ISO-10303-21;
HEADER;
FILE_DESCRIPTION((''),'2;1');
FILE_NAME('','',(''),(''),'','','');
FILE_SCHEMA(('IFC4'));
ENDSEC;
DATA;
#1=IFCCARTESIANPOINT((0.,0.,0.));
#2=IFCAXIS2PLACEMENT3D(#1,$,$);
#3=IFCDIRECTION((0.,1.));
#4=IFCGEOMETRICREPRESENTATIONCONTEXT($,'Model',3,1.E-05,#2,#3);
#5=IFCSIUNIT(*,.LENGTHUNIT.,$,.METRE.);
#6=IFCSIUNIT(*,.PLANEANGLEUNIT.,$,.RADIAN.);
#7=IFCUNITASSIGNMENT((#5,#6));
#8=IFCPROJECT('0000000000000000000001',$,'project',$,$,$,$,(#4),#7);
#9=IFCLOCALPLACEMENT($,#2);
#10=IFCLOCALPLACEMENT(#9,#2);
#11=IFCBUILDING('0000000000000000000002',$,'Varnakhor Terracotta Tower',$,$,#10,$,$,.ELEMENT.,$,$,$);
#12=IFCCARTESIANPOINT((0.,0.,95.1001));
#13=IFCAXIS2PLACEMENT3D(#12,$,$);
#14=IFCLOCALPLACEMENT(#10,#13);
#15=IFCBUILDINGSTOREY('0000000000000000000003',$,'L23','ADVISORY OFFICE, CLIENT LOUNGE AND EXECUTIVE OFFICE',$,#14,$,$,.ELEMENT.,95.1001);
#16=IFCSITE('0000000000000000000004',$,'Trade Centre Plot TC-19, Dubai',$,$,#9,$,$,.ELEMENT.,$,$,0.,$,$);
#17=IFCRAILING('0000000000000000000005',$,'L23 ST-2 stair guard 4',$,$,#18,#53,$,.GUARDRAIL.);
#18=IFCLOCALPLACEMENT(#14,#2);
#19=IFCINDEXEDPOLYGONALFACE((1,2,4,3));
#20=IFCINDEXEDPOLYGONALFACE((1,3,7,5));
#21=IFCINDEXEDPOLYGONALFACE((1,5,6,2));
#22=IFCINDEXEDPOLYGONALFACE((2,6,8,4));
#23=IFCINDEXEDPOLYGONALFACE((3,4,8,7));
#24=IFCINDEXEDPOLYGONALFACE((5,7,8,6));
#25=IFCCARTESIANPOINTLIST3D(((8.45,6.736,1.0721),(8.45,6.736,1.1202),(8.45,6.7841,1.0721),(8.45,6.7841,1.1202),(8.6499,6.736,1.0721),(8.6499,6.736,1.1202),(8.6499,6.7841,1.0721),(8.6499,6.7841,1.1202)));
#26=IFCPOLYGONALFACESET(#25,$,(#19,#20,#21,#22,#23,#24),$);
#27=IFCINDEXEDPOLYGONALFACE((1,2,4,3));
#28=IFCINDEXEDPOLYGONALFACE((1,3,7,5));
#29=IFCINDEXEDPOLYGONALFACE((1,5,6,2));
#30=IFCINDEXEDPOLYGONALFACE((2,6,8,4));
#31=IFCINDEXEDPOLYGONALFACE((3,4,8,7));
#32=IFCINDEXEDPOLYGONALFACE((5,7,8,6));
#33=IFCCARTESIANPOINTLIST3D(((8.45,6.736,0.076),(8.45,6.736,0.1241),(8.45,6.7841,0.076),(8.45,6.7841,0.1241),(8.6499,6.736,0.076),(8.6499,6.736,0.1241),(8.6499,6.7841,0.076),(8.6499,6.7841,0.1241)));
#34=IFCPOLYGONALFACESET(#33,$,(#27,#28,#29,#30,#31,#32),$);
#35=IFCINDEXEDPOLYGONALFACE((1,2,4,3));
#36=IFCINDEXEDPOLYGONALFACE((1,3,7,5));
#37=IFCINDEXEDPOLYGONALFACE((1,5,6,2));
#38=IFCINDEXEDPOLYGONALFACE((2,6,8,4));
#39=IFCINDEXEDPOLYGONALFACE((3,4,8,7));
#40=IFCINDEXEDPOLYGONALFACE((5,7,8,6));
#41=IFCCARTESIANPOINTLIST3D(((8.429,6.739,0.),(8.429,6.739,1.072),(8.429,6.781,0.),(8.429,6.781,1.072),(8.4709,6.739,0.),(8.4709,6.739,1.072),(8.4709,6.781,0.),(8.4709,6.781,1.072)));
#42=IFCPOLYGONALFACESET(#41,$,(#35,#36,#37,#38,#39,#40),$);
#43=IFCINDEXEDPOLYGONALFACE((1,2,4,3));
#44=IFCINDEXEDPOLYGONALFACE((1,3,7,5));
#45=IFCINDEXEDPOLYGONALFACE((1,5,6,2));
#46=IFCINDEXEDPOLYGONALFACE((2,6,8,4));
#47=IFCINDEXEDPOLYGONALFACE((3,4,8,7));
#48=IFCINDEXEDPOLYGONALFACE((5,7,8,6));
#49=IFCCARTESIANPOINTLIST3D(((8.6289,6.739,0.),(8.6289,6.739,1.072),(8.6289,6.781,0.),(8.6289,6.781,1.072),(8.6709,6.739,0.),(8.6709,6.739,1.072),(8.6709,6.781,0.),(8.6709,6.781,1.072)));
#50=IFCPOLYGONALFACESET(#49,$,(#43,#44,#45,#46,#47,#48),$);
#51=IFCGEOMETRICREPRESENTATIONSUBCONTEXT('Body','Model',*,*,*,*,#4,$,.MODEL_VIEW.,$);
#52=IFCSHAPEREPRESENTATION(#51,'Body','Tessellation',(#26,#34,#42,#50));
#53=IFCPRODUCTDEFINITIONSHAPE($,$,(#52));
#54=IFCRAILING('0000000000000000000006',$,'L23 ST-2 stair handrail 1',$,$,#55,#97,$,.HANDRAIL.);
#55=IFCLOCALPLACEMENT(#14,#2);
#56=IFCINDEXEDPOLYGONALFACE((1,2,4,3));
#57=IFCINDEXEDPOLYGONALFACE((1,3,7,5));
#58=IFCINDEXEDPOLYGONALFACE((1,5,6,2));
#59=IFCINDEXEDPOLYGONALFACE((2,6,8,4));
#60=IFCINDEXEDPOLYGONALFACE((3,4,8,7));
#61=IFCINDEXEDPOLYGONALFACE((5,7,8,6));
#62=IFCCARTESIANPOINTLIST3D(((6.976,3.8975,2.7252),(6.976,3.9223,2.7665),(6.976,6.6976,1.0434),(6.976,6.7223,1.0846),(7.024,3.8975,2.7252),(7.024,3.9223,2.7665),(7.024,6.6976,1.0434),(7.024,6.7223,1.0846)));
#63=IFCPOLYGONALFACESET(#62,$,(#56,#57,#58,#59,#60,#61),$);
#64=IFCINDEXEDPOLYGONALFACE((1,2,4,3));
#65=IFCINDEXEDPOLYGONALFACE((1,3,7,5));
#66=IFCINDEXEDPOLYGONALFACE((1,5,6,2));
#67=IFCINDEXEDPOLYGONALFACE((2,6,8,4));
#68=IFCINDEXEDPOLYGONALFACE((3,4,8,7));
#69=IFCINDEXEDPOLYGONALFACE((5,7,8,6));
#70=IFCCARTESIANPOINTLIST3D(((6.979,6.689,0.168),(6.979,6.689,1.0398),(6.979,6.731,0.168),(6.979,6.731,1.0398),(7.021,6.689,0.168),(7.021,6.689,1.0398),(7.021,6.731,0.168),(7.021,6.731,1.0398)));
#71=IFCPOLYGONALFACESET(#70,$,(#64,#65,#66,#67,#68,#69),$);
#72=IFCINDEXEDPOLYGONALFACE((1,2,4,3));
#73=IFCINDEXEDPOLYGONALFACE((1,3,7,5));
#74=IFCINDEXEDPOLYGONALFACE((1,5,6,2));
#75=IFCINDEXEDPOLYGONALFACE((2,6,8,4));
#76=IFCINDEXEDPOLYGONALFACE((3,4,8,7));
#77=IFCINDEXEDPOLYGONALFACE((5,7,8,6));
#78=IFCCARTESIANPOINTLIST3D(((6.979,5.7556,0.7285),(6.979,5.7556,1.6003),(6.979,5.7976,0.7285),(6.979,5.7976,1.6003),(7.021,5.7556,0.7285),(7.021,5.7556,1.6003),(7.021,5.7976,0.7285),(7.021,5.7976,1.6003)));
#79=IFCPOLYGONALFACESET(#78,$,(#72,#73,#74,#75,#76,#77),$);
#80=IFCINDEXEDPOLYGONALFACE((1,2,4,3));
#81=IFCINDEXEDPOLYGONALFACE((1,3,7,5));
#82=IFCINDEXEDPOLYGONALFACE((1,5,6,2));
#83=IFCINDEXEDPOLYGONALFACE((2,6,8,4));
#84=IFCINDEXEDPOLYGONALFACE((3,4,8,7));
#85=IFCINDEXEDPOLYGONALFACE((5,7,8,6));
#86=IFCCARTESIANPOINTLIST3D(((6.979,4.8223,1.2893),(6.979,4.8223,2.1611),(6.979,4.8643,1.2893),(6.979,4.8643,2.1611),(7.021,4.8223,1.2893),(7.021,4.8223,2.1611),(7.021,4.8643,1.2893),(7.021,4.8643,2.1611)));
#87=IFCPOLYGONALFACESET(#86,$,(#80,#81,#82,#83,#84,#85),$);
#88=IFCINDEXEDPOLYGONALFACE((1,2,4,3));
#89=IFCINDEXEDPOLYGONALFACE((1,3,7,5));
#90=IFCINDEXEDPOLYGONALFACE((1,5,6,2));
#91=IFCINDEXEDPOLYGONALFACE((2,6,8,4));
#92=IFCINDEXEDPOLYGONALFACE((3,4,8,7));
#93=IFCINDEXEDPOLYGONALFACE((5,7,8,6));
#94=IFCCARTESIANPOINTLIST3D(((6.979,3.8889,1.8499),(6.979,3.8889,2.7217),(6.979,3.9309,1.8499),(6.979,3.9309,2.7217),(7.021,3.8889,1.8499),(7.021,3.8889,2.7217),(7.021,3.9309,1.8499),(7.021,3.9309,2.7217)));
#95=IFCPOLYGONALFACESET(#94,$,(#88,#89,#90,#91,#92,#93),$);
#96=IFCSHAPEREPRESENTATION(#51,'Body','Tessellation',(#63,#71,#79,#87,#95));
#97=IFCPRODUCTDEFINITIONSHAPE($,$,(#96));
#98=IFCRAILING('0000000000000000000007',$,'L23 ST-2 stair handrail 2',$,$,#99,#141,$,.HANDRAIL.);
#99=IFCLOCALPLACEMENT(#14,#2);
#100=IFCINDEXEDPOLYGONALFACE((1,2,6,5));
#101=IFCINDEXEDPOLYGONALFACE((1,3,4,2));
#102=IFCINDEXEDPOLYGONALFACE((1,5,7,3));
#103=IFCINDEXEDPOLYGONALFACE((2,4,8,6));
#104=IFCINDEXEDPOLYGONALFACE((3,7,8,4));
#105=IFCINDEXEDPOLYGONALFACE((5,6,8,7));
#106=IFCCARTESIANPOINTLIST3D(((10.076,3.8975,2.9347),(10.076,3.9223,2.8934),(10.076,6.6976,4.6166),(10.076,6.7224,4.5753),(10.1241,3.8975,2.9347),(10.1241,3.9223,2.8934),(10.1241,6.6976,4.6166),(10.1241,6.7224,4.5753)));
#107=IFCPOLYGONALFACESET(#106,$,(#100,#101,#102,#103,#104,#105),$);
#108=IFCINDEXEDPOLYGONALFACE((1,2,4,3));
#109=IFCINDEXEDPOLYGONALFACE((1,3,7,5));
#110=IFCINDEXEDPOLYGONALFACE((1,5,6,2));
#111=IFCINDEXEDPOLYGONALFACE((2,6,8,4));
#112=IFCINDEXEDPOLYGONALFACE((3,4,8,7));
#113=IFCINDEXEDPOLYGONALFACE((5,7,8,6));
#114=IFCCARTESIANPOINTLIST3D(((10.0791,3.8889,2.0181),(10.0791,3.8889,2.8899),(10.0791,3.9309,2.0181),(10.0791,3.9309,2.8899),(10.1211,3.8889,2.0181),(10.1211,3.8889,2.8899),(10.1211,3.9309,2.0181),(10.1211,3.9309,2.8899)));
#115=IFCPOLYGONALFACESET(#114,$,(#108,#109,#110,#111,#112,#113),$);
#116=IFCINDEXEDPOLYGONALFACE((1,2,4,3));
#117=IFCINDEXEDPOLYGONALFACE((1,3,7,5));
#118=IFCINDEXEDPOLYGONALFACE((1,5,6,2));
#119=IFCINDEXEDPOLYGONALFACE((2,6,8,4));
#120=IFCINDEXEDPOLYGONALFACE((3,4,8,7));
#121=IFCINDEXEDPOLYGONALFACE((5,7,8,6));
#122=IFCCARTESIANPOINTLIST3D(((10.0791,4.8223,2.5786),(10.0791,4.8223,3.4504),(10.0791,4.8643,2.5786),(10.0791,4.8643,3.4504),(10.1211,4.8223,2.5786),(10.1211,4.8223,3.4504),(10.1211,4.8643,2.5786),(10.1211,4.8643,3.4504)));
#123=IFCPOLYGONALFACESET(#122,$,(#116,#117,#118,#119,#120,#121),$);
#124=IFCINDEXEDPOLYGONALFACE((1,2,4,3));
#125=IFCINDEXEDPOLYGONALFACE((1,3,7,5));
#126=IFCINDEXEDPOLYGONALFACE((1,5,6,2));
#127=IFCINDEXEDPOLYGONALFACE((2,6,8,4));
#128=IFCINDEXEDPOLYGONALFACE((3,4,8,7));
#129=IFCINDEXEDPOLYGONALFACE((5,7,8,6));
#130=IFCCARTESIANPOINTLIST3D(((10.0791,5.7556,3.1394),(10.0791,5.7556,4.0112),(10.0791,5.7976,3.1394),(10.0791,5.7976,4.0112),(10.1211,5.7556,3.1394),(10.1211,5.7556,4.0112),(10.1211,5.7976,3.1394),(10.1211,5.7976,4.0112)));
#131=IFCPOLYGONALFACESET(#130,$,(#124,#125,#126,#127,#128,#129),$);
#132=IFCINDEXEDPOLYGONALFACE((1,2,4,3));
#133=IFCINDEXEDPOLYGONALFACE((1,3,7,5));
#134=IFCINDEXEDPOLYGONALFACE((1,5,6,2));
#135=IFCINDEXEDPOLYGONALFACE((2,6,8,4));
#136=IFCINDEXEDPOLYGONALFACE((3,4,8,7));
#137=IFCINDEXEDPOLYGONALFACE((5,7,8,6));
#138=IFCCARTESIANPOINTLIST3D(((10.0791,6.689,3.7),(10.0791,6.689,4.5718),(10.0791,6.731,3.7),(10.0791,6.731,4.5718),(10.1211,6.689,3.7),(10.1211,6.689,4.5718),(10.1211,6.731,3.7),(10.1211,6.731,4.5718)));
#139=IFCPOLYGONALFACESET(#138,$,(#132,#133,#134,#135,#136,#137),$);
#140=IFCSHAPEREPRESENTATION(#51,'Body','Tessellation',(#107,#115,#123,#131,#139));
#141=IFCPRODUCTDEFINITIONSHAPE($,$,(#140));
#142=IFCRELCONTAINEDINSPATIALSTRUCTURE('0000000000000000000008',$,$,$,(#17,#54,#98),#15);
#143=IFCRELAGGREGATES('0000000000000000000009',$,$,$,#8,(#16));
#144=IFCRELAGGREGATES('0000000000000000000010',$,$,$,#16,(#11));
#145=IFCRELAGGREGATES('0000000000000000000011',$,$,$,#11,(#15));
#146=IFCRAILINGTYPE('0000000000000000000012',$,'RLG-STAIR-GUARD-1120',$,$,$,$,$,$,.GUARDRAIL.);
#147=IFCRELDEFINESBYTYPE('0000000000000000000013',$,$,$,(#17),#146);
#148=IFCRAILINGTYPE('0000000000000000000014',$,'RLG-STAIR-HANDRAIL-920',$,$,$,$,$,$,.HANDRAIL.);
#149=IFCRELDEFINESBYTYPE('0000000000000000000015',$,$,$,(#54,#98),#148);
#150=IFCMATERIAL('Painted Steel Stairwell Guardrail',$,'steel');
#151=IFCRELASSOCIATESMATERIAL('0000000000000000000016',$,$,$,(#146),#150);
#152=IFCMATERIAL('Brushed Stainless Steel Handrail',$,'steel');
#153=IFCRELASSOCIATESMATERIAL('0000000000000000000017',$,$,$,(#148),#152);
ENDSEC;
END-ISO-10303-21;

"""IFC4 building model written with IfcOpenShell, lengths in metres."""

from ifc_helpers import new_model, si_unit, direction, frame, origin, origin_2d, place, context, subcontext, project, spatial, rectangle, extrude, material, type_object, element, save


model = new_model("IFC4")

# Units and contexts
model_context = context("Model", 3, precision=1e-05, world=origin(), true_north=direction((0.0, 1.0)))
body_context = subcontext(model_context, "Body", "Model", "MODEL_VIEW")
ifc_project = project(units=[si_unit("LENGTHUNIT", "METRE"), si_unit("PLANEANGLEUNIT", "RADIAN")], contexts=[model_context])

# Site, building, storey
site_placement = place(None, origin())
site = spatial("IfcSite", under=ifc_project, at=site_placement, Name="Trade Centre Plot TC-19, Dubai", CompositionType="ELEMENT", RefElevation=0.0)
building_placement = place(site_placement, origin())
building = spatial("IfcBuilding", under=site, at=building_placement, Name="Varnakhor Terracotta Tower", CompositionType="ELEMENT")
storey_placement = place(building_placement, frame((0.0, 0.0, 95.1001)))
storey = spatial("IfcBuildingStorey", under=building, at=storey_placement, Name="L23", Description="ADVISORY OFFICE, CLIENT LOUNGE AND EXECUTIVE OFFICE", CompositionType="ELEMENT", Elevation=95.1001)

# Railings
ifc_material_1 = material(Name="Painted Steel Stairwell Guardrail", Category="steel")
railing_type_1 = type_object("IfcRailingType", Name="RLG-STAIR-GUARD-1120", PredefinedType="GUARDRAIL", material=ifc_material_1)
railing_1_placement = place(storey_placement, frame((8.45, 6.76, 0.0)))
element("IfcRailing", 1, at=railing_1_placement, inside=storey, type_object=railing_type_1, Name="L23 ST-2 stair guard 4", PredefinedType="GUARDRAIL", context=body_context, shape_type="SweptSolid", body=[
    extrude(rectangle(XDim=0.0481, YDim=0.0481, at=origin_2d()), frame((0.0, 0.0, 1.0962), z_axis=(1.0, 0.0, 0.0), x_axis=(0.0, 1.0, 0.0)), (0.0, 0.0, 1.0), 0.2),
    extrude(rectangle(XDim=0.0481, YDim=0.0481, at=origin_2d()), frame((0.0, 0.0, 0.1001), z_axis=(1.0, 0.0, 0.0), x_axis=(0.0, 1.0, 0.0)), (0.0, 0.0, 1.0), 0.2),
    extrude(rectangle(XDim=0.042, YDim=0.042, at=origin_2d()), origin(), (0.0, 0.0, 1.0), 1.072),
    extrude(rectangle(XDim=0.042, YDim=0.042, at=origin_2d()), frame((0.2, 0.0, 0.0)), (0.0, 0.0, 1.0), 1.072),
])
ifc_material_2 = material(Name="Brushed Stainless Steel Handrail", Category="steel")
railing_type_2 = type_object("IfcRailingType", Name="RLG-STAIR-HANDRAIL-920", PredefinedType="HANDRAIL", material=ifc_material_2)
railing_2_placement = place(storey_placement, frame((7.0, 6.71, 0.168)))
element("IfcRailing", 2, at=railing_2_placement, inside=storey, type_object=railing_type_2, Name="L23 ST-2 stair handrail 1", PredefinedType="HANDRAIL", context=body_context, shape_type="SweptSolid", body=[
    extrude(rectangle(XDim=0.0481, YDim=0.0481, at=origin_2d()), frame((0.0, 0.0, 0.896), z_axis=(0.0, -0.857242, 0.514913), x_axis=(1.0, 0.0, 0.0)), (0.0, 0.0, 1.0), 3.2664),
    extrude(rectangle(XDim=0.042, YDim=0.042, at=origin_2d()), origin(), (0.0, 0.0, 1.0), 0.8718),
    extrude(rectangle(XDim=0.042, YDim=0.042, at=origin_2d()), frame((0.0, -0.9333, 0.5605)), (0.0, 0.0, 1.0), 0.8718),
    extrude(rectangle(XDim=0.042, YDim=0.042, at=origin_2d()), frame((0.0, -1.8667, 1.1213)), (0.0, 0.0, 1.0), 0.8718),
    extrude(rectangle(XDim=0.042, YDim=0.042, at=origin_2d()), frame((0.0, -2.8, 1.6819)), (0.0, 0.0, 1.0), 0.8718),
])
railing_3_placement = place(storey_placement, frame((10.1001, 3.9099, 2.0181)))
element("IfcRailing", 3, at=railing_3_placement, inside=storey, type_object=railing_type_2, Name="L23 ST-2 stair handrail 2", PredefinedType="HANDRAIL", context=body_context, shape_type="SweptSolid", body=[
    extrude(rectangle(XDim=0.0481, YDim=0.0481, at=origin_2d()), frame((0.0, 0.0, 0.896), z_axis=(0.0, 0.857242, 0.514913), x_axis=(-1.0, 0.0, 0.0)), (0.0, 0.0, 1.0), 3.2664),
    extrude(rectangle(XDim=0.042, YDim=0.042, at=origin_2d()), origin(), (0.0, 0.0, 1.0), 0.8718),
    extrude(rectangle(XDim=0.042, YDim=0.042, at=origin_2d()), frame((0.0, 0.9333, 0.5605)), (0.0, 0.0, 1.0), 0.8718),
    extrude(rectangle(XDim=0.042, YDim=0.042, at=origin_2d()), frame((0.0, 1.8667, 1.1213)), (0.0, 0.0, 1.0), 0.8718),
    extrude(rectangle(XDim=0.042, YDim=0.042, at=origin_2d()), frame((0.0, 2.8, 1.6819)), (0.0, 0.0, 1.0), 0.8718),
])

save(model, "model.ifc")
